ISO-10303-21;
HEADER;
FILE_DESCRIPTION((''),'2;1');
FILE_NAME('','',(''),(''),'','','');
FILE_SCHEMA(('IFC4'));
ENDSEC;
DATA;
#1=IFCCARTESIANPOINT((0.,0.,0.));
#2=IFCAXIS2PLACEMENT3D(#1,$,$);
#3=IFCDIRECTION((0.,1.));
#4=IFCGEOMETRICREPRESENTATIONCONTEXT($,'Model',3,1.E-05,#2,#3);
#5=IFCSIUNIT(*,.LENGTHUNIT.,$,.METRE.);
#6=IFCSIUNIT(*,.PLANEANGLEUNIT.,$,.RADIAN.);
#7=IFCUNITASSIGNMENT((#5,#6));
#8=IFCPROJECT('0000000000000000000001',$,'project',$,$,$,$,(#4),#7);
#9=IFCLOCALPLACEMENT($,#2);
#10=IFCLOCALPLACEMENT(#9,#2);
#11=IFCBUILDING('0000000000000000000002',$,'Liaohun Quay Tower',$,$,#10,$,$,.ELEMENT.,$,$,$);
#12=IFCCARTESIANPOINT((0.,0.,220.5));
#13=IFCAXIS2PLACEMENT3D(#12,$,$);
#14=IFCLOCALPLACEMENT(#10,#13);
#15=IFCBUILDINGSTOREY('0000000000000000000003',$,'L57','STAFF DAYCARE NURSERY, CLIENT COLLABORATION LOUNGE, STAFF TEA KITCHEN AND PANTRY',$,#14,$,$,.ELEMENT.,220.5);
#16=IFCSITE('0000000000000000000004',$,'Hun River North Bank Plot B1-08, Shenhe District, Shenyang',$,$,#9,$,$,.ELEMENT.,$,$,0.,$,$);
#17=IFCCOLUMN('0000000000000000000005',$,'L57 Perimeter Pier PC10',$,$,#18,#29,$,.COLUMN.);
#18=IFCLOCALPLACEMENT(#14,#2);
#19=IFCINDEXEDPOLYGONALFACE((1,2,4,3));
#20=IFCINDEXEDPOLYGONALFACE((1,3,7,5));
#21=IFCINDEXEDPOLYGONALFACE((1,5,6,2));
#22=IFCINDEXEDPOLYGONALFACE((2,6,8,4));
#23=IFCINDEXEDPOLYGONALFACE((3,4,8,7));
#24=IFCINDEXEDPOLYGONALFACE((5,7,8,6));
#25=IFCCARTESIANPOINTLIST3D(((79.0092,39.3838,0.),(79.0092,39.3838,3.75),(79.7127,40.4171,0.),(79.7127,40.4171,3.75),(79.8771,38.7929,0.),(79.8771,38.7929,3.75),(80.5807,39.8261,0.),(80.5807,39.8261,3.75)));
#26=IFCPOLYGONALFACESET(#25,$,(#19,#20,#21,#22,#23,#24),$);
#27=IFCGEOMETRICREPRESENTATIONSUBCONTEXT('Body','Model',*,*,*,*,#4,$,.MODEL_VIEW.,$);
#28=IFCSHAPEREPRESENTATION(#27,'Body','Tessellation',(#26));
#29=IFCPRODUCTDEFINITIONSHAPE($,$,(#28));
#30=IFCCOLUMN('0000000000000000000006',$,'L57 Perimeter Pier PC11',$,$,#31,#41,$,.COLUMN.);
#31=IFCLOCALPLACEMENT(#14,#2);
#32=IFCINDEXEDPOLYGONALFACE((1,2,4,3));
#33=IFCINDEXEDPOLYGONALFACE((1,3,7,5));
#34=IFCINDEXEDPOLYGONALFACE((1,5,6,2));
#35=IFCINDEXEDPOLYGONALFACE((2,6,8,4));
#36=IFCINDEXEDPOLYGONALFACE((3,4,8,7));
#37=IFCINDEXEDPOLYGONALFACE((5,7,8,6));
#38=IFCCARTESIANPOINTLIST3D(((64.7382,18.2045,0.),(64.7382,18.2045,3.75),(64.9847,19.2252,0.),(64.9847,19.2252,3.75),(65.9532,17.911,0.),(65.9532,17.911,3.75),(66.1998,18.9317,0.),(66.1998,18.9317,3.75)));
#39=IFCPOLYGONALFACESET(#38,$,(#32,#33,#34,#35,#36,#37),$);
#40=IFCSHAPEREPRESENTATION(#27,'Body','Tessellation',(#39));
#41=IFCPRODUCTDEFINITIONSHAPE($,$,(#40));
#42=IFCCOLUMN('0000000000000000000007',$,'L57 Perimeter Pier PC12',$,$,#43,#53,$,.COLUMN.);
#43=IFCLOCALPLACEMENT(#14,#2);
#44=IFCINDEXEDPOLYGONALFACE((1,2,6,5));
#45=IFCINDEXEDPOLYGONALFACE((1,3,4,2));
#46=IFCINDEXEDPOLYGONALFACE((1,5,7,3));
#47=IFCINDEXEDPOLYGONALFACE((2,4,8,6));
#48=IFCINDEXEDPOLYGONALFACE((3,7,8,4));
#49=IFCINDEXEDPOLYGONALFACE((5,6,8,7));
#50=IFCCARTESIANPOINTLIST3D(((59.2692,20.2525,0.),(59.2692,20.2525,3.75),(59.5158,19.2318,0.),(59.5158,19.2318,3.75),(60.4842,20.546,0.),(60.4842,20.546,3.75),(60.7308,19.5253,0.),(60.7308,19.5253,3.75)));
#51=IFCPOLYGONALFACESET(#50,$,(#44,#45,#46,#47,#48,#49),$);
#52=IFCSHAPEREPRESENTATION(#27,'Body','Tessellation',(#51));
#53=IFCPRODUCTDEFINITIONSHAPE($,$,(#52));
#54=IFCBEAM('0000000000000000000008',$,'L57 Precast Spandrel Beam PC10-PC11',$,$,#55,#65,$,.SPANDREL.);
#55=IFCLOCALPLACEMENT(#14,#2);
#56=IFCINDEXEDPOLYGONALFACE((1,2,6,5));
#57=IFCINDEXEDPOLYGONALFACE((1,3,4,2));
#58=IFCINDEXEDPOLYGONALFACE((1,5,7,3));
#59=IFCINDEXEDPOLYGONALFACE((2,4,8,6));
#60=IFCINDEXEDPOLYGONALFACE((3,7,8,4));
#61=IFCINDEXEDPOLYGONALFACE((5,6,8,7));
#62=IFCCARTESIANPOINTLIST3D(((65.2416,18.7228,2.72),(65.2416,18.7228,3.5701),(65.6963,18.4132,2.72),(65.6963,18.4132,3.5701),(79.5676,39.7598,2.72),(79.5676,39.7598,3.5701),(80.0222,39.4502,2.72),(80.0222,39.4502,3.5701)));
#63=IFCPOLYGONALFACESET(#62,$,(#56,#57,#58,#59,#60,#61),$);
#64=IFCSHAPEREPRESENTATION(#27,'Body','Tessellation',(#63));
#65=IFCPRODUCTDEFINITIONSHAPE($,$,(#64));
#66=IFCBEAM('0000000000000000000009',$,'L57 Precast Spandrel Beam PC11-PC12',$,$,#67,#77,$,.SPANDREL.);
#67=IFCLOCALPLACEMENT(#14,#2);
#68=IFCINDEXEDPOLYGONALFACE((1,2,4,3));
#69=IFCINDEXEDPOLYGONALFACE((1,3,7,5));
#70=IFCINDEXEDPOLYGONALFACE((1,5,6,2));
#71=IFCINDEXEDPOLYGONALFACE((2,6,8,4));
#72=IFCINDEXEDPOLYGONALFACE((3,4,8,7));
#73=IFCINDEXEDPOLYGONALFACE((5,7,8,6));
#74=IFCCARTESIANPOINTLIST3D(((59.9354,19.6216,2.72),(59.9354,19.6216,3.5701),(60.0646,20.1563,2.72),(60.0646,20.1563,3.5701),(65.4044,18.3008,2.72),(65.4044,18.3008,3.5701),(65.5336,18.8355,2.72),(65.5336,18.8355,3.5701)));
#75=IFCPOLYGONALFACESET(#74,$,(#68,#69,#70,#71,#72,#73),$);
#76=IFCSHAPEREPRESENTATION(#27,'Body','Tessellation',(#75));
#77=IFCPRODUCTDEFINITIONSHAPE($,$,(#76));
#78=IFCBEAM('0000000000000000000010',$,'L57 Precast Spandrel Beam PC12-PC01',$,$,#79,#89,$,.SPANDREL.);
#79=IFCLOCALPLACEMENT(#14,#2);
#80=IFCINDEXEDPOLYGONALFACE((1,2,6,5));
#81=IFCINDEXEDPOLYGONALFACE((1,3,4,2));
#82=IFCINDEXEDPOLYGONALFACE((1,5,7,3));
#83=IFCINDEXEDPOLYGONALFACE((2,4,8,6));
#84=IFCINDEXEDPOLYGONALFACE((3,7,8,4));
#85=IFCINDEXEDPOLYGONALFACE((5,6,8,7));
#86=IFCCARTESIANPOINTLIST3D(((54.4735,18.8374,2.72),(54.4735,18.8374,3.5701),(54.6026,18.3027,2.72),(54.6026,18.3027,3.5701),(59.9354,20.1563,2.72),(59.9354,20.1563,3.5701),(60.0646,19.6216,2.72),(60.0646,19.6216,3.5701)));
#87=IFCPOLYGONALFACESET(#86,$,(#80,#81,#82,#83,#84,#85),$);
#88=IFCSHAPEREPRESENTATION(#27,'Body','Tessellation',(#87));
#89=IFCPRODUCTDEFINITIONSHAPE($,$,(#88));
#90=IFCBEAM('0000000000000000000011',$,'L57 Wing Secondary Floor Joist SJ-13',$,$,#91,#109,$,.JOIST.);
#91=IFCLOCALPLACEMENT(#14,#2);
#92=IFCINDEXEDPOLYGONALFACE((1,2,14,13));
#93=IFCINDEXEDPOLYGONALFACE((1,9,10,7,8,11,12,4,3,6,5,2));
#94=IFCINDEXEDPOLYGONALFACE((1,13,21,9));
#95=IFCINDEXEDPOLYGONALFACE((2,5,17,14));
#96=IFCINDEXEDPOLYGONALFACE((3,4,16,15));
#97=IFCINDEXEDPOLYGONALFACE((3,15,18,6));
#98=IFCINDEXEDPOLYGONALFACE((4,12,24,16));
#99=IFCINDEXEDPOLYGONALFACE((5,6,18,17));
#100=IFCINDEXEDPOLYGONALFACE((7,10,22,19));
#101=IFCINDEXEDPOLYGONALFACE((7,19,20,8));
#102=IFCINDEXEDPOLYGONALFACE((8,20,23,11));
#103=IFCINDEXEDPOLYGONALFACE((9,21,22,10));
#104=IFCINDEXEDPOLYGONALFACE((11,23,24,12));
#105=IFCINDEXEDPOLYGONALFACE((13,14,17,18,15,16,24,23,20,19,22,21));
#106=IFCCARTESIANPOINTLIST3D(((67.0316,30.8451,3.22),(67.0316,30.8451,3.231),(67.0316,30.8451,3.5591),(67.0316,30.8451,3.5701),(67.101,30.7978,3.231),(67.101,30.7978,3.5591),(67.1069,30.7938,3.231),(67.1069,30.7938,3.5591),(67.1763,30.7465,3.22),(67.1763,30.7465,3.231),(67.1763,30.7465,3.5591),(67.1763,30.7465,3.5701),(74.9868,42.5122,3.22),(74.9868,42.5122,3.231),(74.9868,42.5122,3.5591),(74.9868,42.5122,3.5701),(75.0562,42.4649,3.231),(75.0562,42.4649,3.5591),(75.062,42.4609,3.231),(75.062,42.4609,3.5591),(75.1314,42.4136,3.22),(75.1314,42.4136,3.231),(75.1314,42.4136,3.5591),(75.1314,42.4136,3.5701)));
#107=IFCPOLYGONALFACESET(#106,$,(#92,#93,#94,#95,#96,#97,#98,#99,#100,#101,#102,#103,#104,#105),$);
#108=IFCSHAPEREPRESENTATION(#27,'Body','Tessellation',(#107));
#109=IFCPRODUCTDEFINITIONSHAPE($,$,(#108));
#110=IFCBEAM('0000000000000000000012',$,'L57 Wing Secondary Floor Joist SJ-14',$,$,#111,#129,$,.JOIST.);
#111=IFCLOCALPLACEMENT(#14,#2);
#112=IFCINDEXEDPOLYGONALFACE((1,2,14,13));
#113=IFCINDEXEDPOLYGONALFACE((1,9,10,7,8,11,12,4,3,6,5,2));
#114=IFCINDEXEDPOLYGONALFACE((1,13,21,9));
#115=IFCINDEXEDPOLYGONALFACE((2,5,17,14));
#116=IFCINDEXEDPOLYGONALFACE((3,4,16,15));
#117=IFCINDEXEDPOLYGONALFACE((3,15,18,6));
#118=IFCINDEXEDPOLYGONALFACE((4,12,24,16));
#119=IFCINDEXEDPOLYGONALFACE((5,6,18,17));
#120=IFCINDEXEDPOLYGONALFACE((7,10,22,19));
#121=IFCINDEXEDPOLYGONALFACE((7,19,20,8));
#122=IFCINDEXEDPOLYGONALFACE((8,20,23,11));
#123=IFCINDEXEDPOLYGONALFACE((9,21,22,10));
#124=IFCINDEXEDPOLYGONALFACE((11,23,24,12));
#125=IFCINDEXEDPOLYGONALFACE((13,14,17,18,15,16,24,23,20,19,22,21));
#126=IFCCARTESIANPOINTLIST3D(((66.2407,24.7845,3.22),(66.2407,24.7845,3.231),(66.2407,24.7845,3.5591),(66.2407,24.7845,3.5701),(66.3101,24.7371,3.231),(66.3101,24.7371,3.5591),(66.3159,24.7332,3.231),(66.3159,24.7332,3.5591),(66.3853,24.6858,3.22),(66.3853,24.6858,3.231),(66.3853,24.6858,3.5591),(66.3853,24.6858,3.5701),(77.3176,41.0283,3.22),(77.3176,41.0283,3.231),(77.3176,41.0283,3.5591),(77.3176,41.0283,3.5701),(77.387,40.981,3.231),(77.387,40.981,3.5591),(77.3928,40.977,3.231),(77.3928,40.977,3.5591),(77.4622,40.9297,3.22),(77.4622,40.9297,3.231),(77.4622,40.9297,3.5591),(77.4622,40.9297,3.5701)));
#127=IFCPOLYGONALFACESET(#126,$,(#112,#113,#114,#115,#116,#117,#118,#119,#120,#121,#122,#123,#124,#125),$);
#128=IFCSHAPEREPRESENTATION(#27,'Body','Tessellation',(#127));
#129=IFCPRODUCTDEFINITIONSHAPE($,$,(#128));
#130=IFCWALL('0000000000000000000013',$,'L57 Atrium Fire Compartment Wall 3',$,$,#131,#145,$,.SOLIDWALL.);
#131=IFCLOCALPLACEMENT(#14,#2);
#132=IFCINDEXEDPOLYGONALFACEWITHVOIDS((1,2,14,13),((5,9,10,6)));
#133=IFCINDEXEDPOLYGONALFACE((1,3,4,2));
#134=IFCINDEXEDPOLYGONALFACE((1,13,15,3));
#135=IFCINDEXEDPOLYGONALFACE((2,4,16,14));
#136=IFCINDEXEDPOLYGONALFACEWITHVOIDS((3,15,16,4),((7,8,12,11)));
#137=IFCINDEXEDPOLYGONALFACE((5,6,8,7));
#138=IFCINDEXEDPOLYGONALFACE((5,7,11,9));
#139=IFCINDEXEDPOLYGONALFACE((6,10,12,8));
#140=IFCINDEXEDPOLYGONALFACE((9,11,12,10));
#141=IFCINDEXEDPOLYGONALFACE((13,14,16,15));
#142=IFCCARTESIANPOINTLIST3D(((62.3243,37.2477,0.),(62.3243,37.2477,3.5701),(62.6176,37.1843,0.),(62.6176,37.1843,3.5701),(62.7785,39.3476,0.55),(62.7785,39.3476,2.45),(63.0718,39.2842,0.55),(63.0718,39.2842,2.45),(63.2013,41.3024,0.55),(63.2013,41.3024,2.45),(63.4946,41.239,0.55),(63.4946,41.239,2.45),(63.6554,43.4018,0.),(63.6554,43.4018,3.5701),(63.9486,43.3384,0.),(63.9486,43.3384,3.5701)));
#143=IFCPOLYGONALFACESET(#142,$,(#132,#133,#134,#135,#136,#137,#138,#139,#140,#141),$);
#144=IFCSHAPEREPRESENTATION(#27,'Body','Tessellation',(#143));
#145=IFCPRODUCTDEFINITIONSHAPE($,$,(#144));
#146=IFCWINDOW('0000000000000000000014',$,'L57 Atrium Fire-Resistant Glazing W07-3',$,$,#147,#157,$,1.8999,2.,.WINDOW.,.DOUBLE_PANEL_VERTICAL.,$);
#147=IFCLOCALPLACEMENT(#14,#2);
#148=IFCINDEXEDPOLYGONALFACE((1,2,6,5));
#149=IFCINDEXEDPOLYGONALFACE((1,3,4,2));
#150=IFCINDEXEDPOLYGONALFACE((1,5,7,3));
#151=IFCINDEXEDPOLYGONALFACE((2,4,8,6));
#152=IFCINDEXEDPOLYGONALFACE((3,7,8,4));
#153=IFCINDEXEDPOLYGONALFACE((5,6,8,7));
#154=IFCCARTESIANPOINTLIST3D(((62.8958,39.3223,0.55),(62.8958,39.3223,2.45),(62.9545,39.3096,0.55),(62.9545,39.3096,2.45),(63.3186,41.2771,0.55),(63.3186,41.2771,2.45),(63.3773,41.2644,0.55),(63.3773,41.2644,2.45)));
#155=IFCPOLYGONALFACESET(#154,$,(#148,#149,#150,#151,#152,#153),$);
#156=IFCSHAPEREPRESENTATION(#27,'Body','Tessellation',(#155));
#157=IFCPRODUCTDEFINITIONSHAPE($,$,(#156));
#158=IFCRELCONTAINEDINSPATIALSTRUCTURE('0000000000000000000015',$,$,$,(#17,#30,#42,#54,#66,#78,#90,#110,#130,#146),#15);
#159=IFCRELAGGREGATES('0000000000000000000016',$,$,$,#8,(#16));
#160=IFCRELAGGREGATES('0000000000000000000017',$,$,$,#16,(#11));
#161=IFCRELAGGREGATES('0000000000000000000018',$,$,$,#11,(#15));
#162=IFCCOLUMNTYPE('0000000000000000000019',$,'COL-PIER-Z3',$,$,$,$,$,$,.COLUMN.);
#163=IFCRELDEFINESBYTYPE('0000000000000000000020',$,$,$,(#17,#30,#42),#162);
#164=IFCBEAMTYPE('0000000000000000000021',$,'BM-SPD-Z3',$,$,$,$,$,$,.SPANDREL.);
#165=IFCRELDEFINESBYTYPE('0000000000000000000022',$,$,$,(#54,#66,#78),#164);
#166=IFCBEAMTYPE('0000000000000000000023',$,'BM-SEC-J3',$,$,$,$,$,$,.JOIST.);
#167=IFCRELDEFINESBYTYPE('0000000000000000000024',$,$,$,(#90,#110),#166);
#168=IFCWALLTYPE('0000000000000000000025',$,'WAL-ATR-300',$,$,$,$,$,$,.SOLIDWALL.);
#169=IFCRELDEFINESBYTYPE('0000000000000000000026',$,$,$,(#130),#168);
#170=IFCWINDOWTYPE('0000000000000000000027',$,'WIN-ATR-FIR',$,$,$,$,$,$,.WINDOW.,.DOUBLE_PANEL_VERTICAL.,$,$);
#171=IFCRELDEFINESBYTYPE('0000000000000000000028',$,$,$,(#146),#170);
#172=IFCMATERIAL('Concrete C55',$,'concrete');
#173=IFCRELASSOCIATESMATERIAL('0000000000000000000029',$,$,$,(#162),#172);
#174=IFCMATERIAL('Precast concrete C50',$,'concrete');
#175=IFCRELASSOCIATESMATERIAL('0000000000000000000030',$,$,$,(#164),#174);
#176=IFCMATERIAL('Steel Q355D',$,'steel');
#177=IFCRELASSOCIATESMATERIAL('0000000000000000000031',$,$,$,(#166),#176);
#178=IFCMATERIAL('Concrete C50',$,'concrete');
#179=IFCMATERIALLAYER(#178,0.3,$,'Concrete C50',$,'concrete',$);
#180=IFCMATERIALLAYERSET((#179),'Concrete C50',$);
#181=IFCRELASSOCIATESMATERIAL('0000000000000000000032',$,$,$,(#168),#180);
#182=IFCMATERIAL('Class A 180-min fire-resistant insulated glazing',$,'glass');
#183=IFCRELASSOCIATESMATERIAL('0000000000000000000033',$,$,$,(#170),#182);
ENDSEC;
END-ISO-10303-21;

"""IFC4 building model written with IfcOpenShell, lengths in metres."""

from ifc_helpers import new_model, si_unit, direction, frame, frame_2d, origin, origin_2d, place, context, subcontext, project, spatial, rectangle, i_section, extrude, source, transform, mapped, material, layer, layer_set, material_profile, profile_set, type_object, element, fill, save


model = new_model("IFC4")

# Units and contexts
model_context = context("Model", 3, precision=1e-05, world=origin(), true_north=direction((0.0, 1.0)))
body_context = subcontext(model_context, "Body", "Model", "MODEL_VIEW")
ifc_project = project(units=[si_unit("LENGTHUNIT", "METRE"), si_unit("PLANEANGLEUNIT", "RADIAN")], contexts=[model_context])

# Site, building, storey
site_placement = place(None, origin())
site = spatial("IfcSite", under=ifc_project, at=site_placement, Name="Hun River North Bank Plot B1-08, Shenhe District, Shenyang", CompositionType="ELEMENT", RefElevation=0.0)
building_placement = place(site_placement, origin())
building = spatial("IfcBuilding", under=site, at=building_placement, Name="Liaohun Quay Tower", CompositionType="ELEMENT")
storey_placement = place(building_placement, frame((0.0, 0.0, 220.5)))
storey = spatial("IfcBuildingStorey", under=building, at=storey_placement, Name="L57", Description="STAFF DAYCARE NURSERY, CLIENT COLLABORATION LOUNGE, STAFF TEA KITCHEN AND PANTRY", CompositionType="ELEMENT", Elevation=220.5)

# Columns
ifc_material_1 = material(Name="Concrete C55", Category="concrete")
ifc_material_profile_1 = material_profile(ifc_material_1, rectangle(XDim=1.25, YDim=1.05, at=origin_2d()), Name="RC1250x1050")
ifc_profile_set_1 = profile_set([ifc_material_profile_1], Name="Concrete C55")
column_type = type_object("IfcColumnType", Name="COL-PIER-Z3", PredefinedType="COLUMN", material=ifc_profile_set_1)
shared_shape_1 = source(origin(), body_context, "Body", "SweptSolid", [
    extrude(rectangle(XDim=1.25, YDim=1.05, at=origin_2d()), origin(), (0.0, 0.0, 1.0), 3.75),
])
for number, where, z_axis, x_axis, name in (
    (1, (79.7949, 39.605, 0.0), (0.0, 0.0, 1.0), (0.562805, 0.82659, 0.0), "L57 Perimeter Pier PC10"),
    (2, (65.469, 18.5681, 0.0), (0.0, 0.0, 1.0), (-0.972043, 0.234803, 0.0), "L57 Perimeter Pier PC11"),
    (3, (60.0, 19.8889, 0.0), (0.0, 0.0, 1.0), (0.972043, 0.234803, 0.0), "L57 Perimeter Pier PC12"),
):
    element("IfcColumn", number, at=place(storey_placement, frame(where, z_axis=z_axis, x_axis=x_axis)), inside=storey, type_object=column_type, Name=name, PredefinedType="COLUMN", context=body_context, shape_type="MappedRepresentation", body=[
        mapped(shared_shape_1, transform((0.0, 0.0, 0.0), x_axis=(1.0, 0.0, 0.0), y_axis=(0.0, 1.0, 0.0), z_axis=(0.0, 0.0, 1.0), scale=1.0)),
    ])

# Beams
ifc_material_2 = material(Name="Precast concrete C50", Category="concrete")
ifc_material_profile_2 = material_profile(ifc_material_2, rectangle(XDim=0.55, YDim=0.8501, at=origin_2d()), Name="RC550x850")
ifc_profile_set_2 = profile_set([ifc_material_profile_2], Name="Precast concrete C50")
beam_type_1 = type_object("IfcBeamType", Name="BM-SPD-Z3", PredefinedType="SPANDREL", material=ifc_profile_set_2)
shared_shape_2 = source(origin(), body_context, "Body", "SweptSolid", [
    extrude(rectangle(XDim=0.55, YDim=0.8501, at=origin_2d()), origin(), (0.0, 0.0, 1.0), 25.4517),
])
beam_1_placement = place(storey_placement, frame((79.7949, 39.605, 3.145), z_axis=(-0.56287, -0.826545, 0.0), x_axis=(0.826545, -0.56287, 0.0)))
element("IfcBeam", 4, at=beam_1_placement, inside=storey, type_object=beam_type_1, Name="L57 Precast Spandrel Beam PC10-PC11", PredefinedType="SPANDREL", context=body_context, shape_type="MappedRepresentation", body=[
    mapped(shared_shape_2, transform((0.0, 0.0, 0.0), x_axis=(1.0, 0.0, 0.0), y_axis=(0.0, 1.0, 0.0), z_axis=(0.0, 0.0, 1.0), scale=1.0)),
])
shared_shape_3 = source(origin(), body_context, "Body", "SweptSolid", [
    extrude(rectangle(XDim=0.55, YDim=0.8501, at=origin_2d()), origin(), (0.0, 0.0, 1.0), 5.6262),
])
beam_2_placement = place(storey_placement, frame((65.469, 18.5681, 3.145), z_axis=(-0.972054, 0.234758, 0.0), x_axis=(-0.234758, -0.972054, 0.0)))
element("IfcBeam", 5, at=beam_2_placement, inside=storey, type_object=beam_type_1, Name="L57 Precast Spandrel Beam PC11-PC12", PredefinedType="SPANDREL", context=body_context, shape_type="MappedRepresentation", body=[
    mapped(shared_shape_3, transform((0.0, 0.0, 0.0), x_axis=(1.0, 0.0, 0.0), y_axis=(0.0, 1.0, 0.0), z_axis=(0.0, 0.0, 1.0), scale=1.0)),
])
shared_shape_4 = source(origin(), body_context, "Body", "SweptSolid", [
    extrude(rectangle(XDim=0.55, YDim=0.8501, at=origin_2d()), origin(), (0.0, 0.0, 1.0), 5.6189),
])
beam_3_placement = place(storey_placement, frame((60.0, 19.8889, 3.145), z_axis=(-0.972064, -0.234717, 0.0), x_axis=(0.234717, -0.972064, 0.0)))
element("IfcBeam", 6, at=beam_3_placement, inside=storey, type_object=beam_type_1, Name="L57 Precast Spandrel Beam PC12-PC01", PredefinedType="SPANDREL", context=body_context, shape_type="MappedRepresentation", body=[
    mapped(shared_shape_4, transform((0.0, 0.0, 0.0), x_axis=(1.0, 0.0, 0.0), y_axis=(0.0, 1.0, 0.0), z_axis=(0.0, 0.0, 1.0), scale=1.0)),
])
ifc_material_3 = material(Name="Steel Q355D", Category="steel")
ifc_material_profile_3 = material_profile(ifc_material_3, i_section(OverallWidth=0.175, OverallDepth=0.3501, WebThickness=0.0071, FlangeThickness=0.011, at=origin_2d()), Name="HN350x175x7x11")
ifc_profile_set_3 = profile_set([ifc_material_profile_3], Name="Steel Q355D")
beam_type_2 = type_object("IfcBeamType", Name="BM-SEC-J3", PredefinedType="JOIST", material=ifc_profile_set_3)
shared_shape_5 = source(origin(), body_context, "Body", "SweptSolid", [
    extrude(i_section(OverallWidth=0.175, OverallDepth=0.3501, WebThickness=0.0071, FlangeThickness=0.011, at=origin_2d()), origin(), (0.0, 0.0, 1.0), 14.1211),
])
beam_4_placement = place(storey_placement, frame((75.0591, 42.4629, 3.395), z_axis=(-0.563352, -0.826217, 0.0), x_axis=(0.826217, -0.563352, 0.0)))
element("IfcBeam", 7, at=beam_4_placement, inside=storey, type_object=beam_type_2, Name="L57 Wing Secondary Floor Joist SJ-13", PredefinedType="JOIST", context=body_context, shape_type="MappedRepresentation", body=[
    mapped(shared_shape_5, transform((0.0, 0.0, 0.0), x_axis=(1.0, 0.0, 0.0), y_axis=(0.0, 1.0, 0.0), z_axis=(0.0, 0.0, 1.0), scale=1.0)),
])
shared_shape_6 = source(origin(), body_context, "Body", "SweptSolid", [
    extrude(i_section(OverallWidth=0.175, OverallDepth=0.3501, WebThickness=0.0071, FlangeThickness=0.011, at=origin_2d()), origin(), (0.0, 0.0, 1.0), 19.6611),
])
beam_5_placement = place(storey_placement, frame((77.3899, 40.979, 3.395), z_axis=(-0.56339, -0.826191, 0.0), x_axis=(0.826191, -0.56339, 0.0)))
element("IfcBeam", 8, at=beam_5_placement, inside=storey, type_object=beam_type_2, Name="L57 Wing Secondary Floor Joist SJ-14", PredefinedType="JOIST", context=body_context, shape_type="MappedRepresentation", body=[
    mapped(shared_shape_6, transform((0.0, 0.0, 0.0), x_axis=(1.0, 0.0, 0.0), y_axis=(0.0, 1.0, 0.0), z_axis=(0.0, 0.0, 1.0), scale=1.0)),
])

# Wall, opening, window
ifc_material_4 = material(Name="Concrete C50", Category="concrete")
ifc_layer_1 = layer(ifc_material_4, 0.3, Name="Concrete C50", Category="concrete")
ifc_layer_set_1 = layer_set([ifc_layer_1], Name="Concrete C50")
wall_type_1 = type_object("IfcWallType", Name="WAL-ATR-300", PredefinedType="SOLIDWALL", material=ifc_layer_set_1)
wall_1_placement = place(storey_placement, frame((63.802, 43.3701, 0.0), z_axis=(0.0, 0.0, 1.0), x_axis=(-0.211401, -0.977399, 0.0)))
wall_1 = element("IfcWall", 9, at=wall_1_placement, inside=storey, type_object=wall_type_1, Name="L57 Atrium Fire Compartment Wall 3", PredefinedType="SOLIDWALL", context=body_context, shape_type="SweptSolid", body=[
    extrude(rectangle(XDim=6.2964, YDim=0.3, at=frame_2d((3.1482, 0.0))), origin(), (0.0, 0.0, 1.0), 3.5701),
])
shared_shape_7 = source(origin(), body_context, "Body", "SweptSolid", [
    extrude(rectangle(XDim=2.0, YDim=1.8999, at=frame_2d((1.0, 0.95))), frame((0.0, 0.1599, 0.0), z_axis=(0.0, -1.0, 0.0), x_axis=(1.0, 0.0, 0.0)), (0.0, 0.0, 1.0), 0.3201),
])
opening_1_placement = place(wall_1_placement, frame((2.1479, 0.0, 0.55)))
opening_1 = element("IfcOpeningElement", 10, at=opening_1_placement, cuts=wall_1, PredefinedType="OPENING", context=body_context, shape_type="MappedRepresentation", body=[
    mapped(shared_shape_7, transform((0.0, 0.0, 0.0), x_axis=(1.0, 0.0, 0.0), y_axis=(0.0, 1.0, 0.0), z_axis=(0.0, 0.0, 1.0), scale=1.0)),
])
ifc_material_5 = material(Name="Class A 180-min fire-resistant insulated glazing", Category="glass")
window_type_1 = type_object("IfcWindowType", Name="WIN-ATR-FIR", PartitioningType="DOUBLE_PANEL_VERTICAL", PredefinedType="WINDOW", material=ifc_material_5)
shared_shape_8 = source(origin(), body_context, "Body", "SweptSolid", [
    extrude(rectangle(XDim=2.0, YDim=1.8999, at=frame_2d((1.0, 0.95))), frame((0.0, 0.03, 0.0), z_axis=(0.0, -1.0, 0.0), x_axis=(1.0, 0.0, 0.0)), (0.0, 0.0, 1.0), 0.0601),
])
window_1_placement = place(opening_1_placement, origin())
window_1 = element("IfcWindow", 11, at=window_1_placement, inside=storey, type_object=window_type_1, Name="L57 Atrium Fire-Resistant Glazing W07-3", OverallHeight=1.8999, OverallWidth=2.0, PartitioningType="DOUBLE_PANEL_VERTICAL", PredefinedType="WINDOW", context=body_context, shape_type="MappedRepresentation", body=[
    mapped(shared_shape_8, transform((0.0, 0.0, 0.0), x_axis=(1.0, 0.0, 0.0), y_axis=(0.0, 1.0, 0.0), z_axis=(0.0, 0.0, 1.0), scale=1.0)),
])
fill(opening_1, window_1)

save(model, "model.ifc")
